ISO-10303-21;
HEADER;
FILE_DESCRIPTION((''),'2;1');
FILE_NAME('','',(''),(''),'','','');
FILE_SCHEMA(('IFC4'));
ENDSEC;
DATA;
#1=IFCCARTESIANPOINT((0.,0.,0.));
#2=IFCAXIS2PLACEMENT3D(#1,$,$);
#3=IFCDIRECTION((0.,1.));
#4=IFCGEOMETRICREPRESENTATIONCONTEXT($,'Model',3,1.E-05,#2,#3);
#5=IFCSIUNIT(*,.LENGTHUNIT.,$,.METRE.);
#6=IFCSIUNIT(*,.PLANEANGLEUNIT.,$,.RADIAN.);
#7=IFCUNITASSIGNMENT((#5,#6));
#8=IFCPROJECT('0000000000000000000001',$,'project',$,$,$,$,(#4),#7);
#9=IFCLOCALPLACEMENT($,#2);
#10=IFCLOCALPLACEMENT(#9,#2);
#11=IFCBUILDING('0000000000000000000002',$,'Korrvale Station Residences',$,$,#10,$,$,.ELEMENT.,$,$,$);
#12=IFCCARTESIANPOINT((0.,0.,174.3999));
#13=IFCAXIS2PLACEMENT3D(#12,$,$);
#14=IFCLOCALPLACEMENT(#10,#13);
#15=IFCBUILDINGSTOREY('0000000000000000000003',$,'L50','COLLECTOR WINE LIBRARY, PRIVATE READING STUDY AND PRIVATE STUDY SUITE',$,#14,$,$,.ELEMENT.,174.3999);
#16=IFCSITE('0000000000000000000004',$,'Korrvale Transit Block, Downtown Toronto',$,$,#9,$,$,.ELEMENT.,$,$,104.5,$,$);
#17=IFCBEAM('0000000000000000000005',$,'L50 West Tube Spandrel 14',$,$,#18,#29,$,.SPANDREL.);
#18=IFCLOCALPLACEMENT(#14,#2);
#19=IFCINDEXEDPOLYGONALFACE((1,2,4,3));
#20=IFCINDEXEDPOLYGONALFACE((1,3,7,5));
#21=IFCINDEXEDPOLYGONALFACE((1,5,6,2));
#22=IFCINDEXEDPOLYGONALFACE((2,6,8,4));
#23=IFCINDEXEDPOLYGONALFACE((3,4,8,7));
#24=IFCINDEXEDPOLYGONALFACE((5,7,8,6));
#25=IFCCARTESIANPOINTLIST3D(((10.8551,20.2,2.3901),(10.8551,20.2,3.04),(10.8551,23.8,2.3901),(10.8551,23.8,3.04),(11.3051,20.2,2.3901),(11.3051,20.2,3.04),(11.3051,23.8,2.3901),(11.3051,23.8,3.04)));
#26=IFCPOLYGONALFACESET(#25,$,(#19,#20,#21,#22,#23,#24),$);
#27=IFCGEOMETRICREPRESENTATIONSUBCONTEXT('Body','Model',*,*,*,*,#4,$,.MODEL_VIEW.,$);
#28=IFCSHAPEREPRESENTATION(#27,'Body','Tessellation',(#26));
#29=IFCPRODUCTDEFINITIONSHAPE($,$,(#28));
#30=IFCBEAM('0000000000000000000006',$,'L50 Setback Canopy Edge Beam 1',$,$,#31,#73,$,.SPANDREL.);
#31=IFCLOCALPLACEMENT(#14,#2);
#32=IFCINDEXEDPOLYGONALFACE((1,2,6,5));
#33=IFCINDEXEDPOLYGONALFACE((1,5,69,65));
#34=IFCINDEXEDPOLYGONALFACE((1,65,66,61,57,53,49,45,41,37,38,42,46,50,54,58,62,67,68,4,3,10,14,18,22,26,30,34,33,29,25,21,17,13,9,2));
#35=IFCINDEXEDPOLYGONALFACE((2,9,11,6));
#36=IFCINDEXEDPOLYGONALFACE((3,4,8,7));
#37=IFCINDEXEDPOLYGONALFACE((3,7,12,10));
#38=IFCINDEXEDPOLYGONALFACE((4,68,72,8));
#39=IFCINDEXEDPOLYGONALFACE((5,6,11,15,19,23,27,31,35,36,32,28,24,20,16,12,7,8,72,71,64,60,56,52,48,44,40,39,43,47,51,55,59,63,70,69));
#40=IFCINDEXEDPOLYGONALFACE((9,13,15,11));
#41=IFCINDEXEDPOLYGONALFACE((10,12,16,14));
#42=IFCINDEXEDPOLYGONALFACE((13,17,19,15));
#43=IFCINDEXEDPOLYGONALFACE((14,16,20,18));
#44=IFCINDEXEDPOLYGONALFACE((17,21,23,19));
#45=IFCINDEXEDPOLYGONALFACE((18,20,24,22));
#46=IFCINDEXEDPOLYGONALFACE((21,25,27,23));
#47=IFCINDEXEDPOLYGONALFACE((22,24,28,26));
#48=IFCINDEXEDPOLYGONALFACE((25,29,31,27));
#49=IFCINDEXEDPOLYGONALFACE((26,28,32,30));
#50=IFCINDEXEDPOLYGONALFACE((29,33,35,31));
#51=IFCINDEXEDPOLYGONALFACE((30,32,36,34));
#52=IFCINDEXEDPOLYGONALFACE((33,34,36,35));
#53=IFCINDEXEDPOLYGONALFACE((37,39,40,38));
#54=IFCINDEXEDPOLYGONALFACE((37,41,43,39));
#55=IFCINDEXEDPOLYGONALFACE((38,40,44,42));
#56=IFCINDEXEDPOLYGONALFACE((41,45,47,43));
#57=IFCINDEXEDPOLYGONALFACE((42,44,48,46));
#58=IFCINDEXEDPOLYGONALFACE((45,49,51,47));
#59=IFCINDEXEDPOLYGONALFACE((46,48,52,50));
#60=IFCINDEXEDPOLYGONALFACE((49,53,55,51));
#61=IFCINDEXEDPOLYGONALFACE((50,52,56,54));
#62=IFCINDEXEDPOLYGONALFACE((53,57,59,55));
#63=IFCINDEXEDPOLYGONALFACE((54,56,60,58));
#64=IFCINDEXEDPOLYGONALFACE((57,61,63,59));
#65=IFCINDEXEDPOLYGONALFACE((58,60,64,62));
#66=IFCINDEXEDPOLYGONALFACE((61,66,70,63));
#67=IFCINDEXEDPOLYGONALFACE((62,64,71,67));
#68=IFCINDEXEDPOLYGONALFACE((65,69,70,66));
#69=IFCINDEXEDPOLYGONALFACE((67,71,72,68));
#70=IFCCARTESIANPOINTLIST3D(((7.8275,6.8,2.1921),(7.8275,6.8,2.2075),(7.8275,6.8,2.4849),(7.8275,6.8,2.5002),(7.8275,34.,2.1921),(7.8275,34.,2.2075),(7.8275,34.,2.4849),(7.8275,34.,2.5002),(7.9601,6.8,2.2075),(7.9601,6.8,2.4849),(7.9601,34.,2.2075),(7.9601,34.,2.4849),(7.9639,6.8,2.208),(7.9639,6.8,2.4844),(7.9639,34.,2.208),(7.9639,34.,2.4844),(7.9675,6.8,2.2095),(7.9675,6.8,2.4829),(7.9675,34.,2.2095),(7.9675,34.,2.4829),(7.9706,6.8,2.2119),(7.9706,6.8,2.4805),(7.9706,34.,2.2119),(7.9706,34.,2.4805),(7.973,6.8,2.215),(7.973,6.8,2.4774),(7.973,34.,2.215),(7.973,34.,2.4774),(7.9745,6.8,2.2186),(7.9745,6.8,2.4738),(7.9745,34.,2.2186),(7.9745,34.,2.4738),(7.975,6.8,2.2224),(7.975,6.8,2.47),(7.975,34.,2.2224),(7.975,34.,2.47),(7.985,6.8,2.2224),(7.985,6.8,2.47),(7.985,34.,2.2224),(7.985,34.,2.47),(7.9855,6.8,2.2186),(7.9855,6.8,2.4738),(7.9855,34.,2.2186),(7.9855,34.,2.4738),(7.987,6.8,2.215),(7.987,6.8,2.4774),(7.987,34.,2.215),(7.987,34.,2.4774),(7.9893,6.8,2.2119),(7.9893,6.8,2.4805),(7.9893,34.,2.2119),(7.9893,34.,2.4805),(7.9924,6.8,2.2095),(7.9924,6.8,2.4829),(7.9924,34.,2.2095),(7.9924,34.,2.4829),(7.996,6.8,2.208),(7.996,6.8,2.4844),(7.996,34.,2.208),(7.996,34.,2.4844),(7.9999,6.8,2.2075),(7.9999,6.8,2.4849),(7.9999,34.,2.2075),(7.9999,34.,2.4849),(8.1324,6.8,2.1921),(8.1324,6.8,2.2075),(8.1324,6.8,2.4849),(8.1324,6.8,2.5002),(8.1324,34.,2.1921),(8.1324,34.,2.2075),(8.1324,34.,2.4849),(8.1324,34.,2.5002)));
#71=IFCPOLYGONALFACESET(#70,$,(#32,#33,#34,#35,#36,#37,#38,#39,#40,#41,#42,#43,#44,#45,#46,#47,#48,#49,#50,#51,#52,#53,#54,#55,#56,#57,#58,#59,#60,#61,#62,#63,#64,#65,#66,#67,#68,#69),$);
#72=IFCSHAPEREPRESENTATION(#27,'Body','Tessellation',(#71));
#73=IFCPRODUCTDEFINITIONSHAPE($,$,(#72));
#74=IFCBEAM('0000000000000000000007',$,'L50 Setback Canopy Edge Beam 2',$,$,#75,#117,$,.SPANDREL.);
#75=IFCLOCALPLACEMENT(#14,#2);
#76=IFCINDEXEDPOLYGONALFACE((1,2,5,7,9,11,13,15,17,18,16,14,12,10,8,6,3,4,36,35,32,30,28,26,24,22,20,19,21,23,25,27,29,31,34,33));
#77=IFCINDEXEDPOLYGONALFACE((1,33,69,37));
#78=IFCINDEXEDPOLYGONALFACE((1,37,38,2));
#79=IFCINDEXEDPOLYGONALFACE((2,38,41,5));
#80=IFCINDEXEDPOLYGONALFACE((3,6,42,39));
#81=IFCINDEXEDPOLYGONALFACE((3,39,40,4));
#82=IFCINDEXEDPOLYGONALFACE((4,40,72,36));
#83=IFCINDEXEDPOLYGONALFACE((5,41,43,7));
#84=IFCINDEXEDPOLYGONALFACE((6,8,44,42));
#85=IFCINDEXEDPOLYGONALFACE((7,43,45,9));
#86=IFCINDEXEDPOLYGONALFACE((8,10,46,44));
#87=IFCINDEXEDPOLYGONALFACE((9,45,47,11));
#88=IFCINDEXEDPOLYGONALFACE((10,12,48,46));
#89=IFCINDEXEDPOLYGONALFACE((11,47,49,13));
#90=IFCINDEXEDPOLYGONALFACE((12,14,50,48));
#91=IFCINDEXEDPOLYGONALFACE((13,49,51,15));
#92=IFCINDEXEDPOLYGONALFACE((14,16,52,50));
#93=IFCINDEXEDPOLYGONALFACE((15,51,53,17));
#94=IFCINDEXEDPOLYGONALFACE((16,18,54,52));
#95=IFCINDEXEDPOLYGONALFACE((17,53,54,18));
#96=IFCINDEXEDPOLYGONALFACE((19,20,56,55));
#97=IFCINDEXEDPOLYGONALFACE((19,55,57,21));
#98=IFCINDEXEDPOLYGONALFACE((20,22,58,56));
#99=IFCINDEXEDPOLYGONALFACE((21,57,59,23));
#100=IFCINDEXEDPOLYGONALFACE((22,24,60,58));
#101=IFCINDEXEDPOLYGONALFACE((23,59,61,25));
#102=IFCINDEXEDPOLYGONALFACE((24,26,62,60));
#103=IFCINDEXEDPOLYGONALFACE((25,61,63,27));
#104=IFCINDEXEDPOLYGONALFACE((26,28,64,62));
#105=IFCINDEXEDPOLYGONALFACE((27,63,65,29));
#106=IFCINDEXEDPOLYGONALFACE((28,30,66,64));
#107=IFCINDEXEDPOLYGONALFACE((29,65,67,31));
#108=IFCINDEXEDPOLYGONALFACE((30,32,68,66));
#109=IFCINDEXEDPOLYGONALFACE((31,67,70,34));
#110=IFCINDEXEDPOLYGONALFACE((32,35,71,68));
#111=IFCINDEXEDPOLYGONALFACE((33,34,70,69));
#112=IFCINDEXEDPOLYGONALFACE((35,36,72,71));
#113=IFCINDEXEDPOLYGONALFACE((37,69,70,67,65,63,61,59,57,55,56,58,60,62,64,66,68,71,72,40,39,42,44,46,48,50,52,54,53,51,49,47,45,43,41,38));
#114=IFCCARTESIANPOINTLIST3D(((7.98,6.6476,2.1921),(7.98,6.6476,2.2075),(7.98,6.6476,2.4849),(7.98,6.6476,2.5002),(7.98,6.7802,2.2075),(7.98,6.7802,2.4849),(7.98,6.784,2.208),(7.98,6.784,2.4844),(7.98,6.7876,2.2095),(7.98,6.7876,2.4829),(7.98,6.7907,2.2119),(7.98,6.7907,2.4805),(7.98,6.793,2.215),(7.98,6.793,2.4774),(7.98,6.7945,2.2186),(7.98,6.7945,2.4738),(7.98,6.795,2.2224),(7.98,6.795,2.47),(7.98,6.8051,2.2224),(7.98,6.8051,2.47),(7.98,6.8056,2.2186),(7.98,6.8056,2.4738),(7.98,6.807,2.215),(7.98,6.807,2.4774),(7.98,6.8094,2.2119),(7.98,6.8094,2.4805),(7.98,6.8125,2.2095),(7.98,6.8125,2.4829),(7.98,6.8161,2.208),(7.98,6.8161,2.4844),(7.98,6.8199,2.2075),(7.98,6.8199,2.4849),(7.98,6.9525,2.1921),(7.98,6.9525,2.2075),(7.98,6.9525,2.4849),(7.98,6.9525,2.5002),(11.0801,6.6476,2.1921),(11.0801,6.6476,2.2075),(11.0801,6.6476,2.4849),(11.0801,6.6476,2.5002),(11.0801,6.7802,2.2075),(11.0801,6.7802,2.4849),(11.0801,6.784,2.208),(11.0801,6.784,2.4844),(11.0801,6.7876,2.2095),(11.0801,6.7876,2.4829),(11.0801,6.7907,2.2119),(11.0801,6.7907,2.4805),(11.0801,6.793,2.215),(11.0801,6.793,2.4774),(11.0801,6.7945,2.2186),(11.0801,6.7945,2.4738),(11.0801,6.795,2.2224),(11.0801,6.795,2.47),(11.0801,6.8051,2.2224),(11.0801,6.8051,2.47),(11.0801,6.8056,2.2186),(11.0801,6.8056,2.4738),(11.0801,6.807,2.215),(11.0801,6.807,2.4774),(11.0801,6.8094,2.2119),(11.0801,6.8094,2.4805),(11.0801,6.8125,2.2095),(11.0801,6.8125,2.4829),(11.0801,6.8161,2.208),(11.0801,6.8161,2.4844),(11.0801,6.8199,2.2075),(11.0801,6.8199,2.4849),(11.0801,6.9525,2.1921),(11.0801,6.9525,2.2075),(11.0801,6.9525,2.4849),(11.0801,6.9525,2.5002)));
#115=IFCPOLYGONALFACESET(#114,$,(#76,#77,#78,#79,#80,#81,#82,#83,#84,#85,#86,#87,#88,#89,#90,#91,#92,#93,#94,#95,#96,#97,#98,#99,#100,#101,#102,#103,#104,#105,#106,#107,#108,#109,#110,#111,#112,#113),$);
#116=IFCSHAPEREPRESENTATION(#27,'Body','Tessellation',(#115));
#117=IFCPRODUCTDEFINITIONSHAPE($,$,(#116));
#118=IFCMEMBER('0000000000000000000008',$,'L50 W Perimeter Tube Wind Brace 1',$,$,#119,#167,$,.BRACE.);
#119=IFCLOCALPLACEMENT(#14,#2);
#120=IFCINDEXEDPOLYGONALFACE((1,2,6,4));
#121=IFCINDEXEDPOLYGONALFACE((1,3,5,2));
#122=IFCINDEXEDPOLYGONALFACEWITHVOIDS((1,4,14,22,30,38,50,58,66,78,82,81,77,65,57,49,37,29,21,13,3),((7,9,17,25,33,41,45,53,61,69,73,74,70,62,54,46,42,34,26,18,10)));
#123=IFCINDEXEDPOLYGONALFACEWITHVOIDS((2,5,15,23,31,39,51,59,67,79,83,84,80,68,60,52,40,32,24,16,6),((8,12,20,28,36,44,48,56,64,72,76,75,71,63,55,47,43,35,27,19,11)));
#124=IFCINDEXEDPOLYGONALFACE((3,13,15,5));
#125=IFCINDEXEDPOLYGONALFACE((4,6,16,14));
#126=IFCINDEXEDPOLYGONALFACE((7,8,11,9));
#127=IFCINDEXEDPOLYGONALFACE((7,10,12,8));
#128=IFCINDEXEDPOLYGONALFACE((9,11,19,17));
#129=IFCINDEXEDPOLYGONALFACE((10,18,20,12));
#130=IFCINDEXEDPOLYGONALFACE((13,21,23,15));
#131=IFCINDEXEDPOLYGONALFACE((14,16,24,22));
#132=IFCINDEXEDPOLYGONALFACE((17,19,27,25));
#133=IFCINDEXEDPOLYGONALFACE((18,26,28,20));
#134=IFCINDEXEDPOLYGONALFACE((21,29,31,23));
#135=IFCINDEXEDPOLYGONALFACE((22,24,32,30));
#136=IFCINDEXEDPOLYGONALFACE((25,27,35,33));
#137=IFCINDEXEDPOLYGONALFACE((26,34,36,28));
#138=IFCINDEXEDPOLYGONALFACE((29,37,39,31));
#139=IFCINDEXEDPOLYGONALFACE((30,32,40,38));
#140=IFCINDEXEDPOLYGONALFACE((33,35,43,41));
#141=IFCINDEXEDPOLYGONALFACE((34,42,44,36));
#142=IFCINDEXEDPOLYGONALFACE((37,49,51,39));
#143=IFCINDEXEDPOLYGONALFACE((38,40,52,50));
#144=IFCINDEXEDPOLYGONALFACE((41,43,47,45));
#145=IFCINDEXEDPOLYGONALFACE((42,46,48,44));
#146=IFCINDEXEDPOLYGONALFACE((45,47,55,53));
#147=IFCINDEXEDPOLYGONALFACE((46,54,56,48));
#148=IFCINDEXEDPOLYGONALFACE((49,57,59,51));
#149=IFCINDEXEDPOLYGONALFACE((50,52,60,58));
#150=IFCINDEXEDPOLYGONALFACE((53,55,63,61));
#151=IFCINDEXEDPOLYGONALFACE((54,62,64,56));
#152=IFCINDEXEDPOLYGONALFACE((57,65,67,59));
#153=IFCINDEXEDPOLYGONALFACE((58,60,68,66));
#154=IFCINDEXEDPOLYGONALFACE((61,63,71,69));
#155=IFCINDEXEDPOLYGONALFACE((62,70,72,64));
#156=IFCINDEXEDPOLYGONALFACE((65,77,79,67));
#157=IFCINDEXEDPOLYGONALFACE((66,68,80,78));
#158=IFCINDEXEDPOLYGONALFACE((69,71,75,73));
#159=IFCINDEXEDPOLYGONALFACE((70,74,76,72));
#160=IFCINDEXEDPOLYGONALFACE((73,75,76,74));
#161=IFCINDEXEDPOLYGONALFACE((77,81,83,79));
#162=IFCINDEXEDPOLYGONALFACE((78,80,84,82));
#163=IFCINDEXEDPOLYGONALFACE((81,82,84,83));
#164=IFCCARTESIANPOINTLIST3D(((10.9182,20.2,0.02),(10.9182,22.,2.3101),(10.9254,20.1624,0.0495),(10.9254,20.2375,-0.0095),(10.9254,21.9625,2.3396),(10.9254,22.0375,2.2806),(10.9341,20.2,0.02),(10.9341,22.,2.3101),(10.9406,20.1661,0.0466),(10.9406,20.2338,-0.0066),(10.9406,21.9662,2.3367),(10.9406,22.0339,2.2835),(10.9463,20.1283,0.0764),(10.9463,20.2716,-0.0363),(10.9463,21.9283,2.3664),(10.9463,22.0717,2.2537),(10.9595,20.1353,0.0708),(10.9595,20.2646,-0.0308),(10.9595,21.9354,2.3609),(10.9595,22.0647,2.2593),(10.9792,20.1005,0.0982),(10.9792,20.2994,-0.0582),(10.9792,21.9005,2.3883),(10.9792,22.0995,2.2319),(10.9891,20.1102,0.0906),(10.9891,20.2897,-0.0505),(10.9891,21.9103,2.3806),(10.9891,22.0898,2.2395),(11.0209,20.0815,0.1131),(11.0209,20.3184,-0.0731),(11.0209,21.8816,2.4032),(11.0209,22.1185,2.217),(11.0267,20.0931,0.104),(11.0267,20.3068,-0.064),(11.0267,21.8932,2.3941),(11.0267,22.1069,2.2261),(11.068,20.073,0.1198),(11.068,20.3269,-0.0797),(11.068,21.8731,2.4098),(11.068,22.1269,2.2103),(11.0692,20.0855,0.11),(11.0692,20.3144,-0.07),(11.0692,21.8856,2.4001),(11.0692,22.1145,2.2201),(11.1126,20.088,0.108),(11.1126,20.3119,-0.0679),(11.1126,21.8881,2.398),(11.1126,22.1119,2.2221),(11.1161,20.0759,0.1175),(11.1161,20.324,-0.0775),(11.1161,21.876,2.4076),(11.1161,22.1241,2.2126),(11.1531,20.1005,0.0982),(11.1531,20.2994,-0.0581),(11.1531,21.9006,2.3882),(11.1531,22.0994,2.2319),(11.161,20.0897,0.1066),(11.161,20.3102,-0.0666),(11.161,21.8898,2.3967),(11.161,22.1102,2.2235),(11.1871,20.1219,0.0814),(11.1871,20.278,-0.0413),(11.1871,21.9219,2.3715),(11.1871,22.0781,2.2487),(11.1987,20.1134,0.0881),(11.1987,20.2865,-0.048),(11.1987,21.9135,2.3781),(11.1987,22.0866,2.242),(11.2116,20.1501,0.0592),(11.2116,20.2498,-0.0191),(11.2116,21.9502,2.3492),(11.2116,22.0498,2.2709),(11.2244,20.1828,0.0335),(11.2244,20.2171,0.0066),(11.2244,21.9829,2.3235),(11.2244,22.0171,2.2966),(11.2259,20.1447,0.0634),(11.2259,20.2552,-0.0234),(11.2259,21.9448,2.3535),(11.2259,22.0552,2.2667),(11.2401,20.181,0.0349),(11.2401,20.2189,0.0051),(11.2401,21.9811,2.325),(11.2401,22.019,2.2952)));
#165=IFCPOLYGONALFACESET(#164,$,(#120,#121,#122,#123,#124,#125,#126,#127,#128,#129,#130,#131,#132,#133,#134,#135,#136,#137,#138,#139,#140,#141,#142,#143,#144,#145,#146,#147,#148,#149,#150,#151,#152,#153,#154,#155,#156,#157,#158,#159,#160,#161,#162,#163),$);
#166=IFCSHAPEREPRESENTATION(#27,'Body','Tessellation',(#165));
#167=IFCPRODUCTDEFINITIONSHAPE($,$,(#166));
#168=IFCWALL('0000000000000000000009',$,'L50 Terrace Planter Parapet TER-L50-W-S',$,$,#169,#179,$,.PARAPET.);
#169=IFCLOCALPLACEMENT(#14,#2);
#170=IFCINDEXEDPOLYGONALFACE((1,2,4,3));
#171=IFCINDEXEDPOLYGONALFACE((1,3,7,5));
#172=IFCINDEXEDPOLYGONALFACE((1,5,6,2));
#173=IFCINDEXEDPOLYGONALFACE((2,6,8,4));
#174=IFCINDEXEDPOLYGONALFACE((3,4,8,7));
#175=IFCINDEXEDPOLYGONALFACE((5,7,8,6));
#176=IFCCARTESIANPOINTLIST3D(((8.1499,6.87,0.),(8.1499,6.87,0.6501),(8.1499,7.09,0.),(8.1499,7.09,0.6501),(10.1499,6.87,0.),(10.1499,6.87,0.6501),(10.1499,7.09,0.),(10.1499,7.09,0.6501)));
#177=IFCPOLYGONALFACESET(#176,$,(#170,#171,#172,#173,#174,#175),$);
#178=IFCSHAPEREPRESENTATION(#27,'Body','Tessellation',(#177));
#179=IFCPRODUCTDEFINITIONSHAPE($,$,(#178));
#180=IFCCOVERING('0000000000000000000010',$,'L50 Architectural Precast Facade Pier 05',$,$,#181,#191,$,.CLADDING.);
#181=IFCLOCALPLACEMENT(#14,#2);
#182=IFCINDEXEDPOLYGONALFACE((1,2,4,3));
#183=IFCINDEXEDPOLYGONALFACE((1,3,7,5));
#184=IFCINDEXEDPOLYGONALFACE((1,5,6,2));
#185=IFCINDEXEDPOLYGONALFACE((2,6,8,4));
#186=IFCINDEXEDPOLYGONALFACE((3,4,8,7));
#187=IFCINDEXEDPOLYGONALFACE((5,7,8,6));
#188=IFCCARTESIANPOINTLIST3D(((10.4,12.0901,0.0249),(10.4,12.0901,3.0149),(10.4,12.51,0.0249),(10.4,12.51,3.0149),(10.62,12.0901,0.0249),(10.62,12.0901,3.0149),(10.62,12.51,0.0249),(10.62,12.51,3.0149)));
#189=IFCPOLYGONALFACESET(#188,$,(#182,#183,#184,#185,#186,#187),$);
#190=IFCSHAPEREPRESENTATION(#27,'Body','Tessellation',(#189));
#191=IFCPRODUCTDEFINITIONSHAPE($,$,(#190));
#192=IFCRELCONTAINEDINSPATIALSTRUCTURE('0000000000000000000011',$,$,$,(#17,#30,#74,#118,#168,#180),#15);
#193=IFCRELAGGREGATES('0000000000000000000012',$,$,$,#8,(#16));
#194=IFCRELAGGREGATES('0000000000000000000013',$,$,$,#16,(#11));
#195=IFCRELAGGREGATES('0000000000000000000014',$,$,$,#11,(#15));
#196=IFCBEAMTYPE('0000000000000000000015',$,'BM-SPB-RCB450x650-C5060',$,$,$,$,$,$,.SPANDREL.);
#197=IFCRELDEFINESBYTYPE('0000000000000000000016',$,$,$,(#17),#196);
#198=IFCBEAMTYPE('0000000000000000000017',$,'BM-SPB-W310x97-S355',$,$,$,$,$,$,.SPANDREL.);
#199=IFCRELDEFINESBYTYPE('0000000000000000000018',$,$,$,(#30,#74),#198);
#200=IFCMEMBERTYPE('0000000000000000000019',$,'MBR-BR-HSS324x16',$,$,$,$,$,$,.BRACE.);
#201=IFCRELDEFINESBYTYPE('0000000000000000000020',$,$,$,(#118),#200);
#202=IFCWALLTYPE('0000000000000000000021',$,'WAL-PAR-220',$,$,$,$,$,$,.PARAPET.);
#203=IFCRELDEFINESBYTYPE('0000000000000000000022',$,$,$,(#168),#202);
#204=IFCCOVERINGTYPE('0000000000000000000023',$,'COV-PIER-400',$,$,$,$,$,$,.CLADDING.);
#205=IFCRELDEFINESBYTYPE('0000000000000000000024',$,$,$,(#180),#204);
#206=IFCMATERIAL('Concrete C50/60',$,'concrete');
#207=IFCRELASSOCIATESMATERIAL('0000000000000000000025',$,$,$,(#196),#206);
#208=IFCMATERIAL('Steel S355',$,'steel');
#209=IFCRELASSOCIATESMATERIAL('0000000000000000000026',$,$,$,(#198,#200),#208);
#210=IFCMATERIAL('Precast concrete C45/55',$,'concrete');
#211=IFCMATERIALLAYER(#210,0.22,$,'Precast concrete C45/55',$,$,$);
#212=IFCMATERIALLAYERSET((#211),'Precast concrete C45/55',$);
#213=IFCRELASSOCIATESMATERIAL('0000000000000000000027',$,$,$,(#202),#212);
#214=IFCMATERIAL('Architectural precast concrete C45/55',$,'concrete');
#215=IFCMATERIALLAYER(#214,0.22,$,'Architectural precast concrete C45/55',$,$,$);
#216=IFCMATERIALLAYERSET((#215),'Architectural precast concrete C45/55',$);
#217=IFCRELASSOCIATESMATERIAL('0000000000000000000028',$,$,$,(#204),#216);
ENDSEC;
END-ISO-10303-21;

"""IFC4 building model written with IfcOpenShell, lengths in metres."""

from ifc_helpers import new_model, si_unit, direction, frame, frame_2d, origin, origin_2d, place, context, subcontext, project, spatial, rectangle, hollow_circle, i_section, extrude, material, layer, layer_set, material_profile, profile_set, type_object, element, save


model = new_model("IFC4")

# Units and contexts
model_context = context("Model", 3, precision=1e-05, world=origin(), true_north=direction((0.0, 1.0)))
body_context = subcontext(model_context, "Body", "Model", "MODEL_VIEW")
ifc_project = project(units=[si_unit("LENGTHUNIT", "METRE"), si_unit("PLANEANGLEUNIT", "RADIAN")], contexts=[model_context])

# Site, building, storey
site_placement = place(None, origin())
site = spatial("IfcSite", under=ifc_project, at=site_placement, Name="Korrvale Transit Block, Downtown Toronto", CompositionType="ELEMENT", RefElevation=104.5)
building_placement = place(site_placement, origin())
building = spatial("IfcBuilding", under=site, at=building_placement, Name="Korrvale Station Residences", CompositionType="ELEMENT")
storey_placement = place(building_placement, frame((0.0, 0.0, 174.3999)))
storey = spatial("IfcBuildingStorey", under=building, at=storey_placement, Name="L50", Description="COLLECTOR WINE LIBRARY, PRIVATE READING STUDY AND PRIVATE STUDY SUITE", CompositionType="ELEMENT", Elevation=174.3999)

# Shared definitions
ifc_material_1 = material(Name="Concrete C50/60", Category="concrete")

# Beams
ifc_material_2 = material(Name="Steel S355", Category="steel")
ifc_material_profile_1 = material_profile(ifc_material_1, rectangle(XDim=0.45, YDim=0.6499, at=origin_2d()), Name="RCB450x650")
ifc_profile_set_1 = profile_set([ifc_material_profile_1], Name="Concrete C50/60")
beam_type_1 = type_object("IfcBeamType", Name="BM-SPB-RCB450x650-C5060", PredefinedType="SPANDREL", material=ifc_profile_set_1)
beam_1_placement = place(storey_placement, frame((11.0801, 20.2, 2.7151), z_axis=(0.0, 1.0, 0.0), x_axis=(-1.0, 0.0, 0.0)))
element("IfcBeam", 1, at=beam_1_placement, inside=storey, type_object=beam_type_1, Name="L50 West Tube Spandrel 14", PredefinedType="SPANDREL", context=body_context, shape_type="SweptSolid", body=[
    extrude(rectangle(XDim=0.45, YDim=0.6499, at=origin_2d()), origin(), (0.0, 0.0, 1.0), 3.6001),
])
ifc_material_profile_2 = material_profile(ifc_material_2, i_section(OverallWidth=0.3049, OverallDepth=0.3081, WebThickness=0.01, FlangeThickness=0.0154, FilletRadius=0.0149, at=origin_2d()), Name="W310x97")
ifc_profile_set_2 = profile_set([ifc_material_profile_2], Name="Steel S355")
beam_type_2 = type_object("IfcBeamType", Name="BM-SPB-W310x97-S355", PredefinedType="SPANDREL", material=ifc_profile_set_2)
beam_2_placement = place(storey_placement, frame((7.98, 6.8, 2.3462), z_axis=(0.0, 1.0, 0.0), x_axis=(-1.0, 0.0, 0.0)))
element("IfcBeam", 2, at=beam_2_placement, inside=storey, type_object=beam_type_2, Name="L50 Setback Canopy Edge Beam 1", PredefinedType="SPANDREL", context=body_context, shape_type="SweptSolid", body=[
    extrude(i_section(OverallWidth=0.3049, OverallDepth=0.3081, WebThickness=0.01, FlangeThickness=0.0154, FilletRadius=0.0149, at=origin_2d()), origin(), (0.0, 0.0, 1.0), 27.2),
])
beam_3_placement = place(storey_placement, frame((7.98, 6.8, 2.3462), z_axis=(1.0, 0.0, 0.0), x_axis=(0.0, 1.0, 0.0)))
element("IfcBeam", 3, at=beam_3_placement, inside=storey, type_object=beam_type_2, Name="L50 Setback Canopy Edge Beam 2", PredefinedType="SPANDREL", context=body_context, shape_type="SweptSolid", body=[
    extrude(i_section(OverallWidth=0.3049, OverallDepth=0.3081, WebThickness=0.01, FlangeThickness=0.0154, FilletRadius=0.0149, at=origin_2d()), origin(), (0.0, 0.0, 1.0), 3.1001),
])

# Member
ifc_material_profile_3 = material_profile(ifc_material_2, hollow_circle(Radius=0.1619, WallThickness=0.0159, at=origin_2d()), Name="HSS324x16")
ifc_profile_set_3 = profile_set([ifc_material_profile_3], Name="Steel S355")
member_type = type_object("IfcMemberType", Name="MBR-BR-HSS324x16", PredefinedType="BRACE", material=ifc_profile_set_3)
member_placement = place(storey_placement, frame((11.0801, 20.2, 0.02), z_axis=(0.0, 0.617977, 0.786196), x_axis=(-1.0, 0.0, 0.0)))
element("IfcMember", 4, at=member_placement, inside=storey, type_object=member_type, Name="L50 W Perimeter Tube Wind Brace 1", PredefinedType="BRACE", context=body_context, shape_type="SweptSolid", body=[
    extrude(hollow_circle(Radius=0.1619, WallThickness=0.0159, at=origin_2d()), origin(), (0.0, 0.0, 1.0), 2.9128),
])

# Wall
ifc_material_3 = material(Name="Precast concrete C45/55", Category="concrete")
ifc_layer_1 = layer(ifc_material_3, 0.22, Name="Precast concrete C45/55")
ifc_layer_set_1 = layer_set([ifc_layer_1], Name="Precast concrete C45/55")
wall_type = type_object("IfcWallType", Name="WAL-PAR-220", PredefinedType="PARAPET", material=ifc_layer_set_1)
wall_placement = place(storey_placement, frame((8.1499, 6.98, 0.0), z_axis=(0.0, 0.0, 1.0), x_axis=(1.0, 0.0, 0.0)))
element("IfcWall", 5, at=wall_placement, inside=storey, type_object=wall_type, Name="L50 Terrace Planter Parapet TER-L50-W-S", PredefinedType="PARAPET", context=body_context, shape_type="SweptSolid", body=[
    extrude(rectangle(XDim=2.0, YDim=0.22, at=frame_2d((1.0, 0.0))), origin(), (0.0, 0.0, 1.0), 0.6501),
])

# Covering
ifc_material_4 = material(Name="Architectural precast concrete C45/55", Category="concrete")
ifc_layer_2 = layer(ifc_material_4, 0.22, Name="Architectural precast concrete C45/55")
ifc_layer_set_2 = layer_set([ifc_layer_2], Name="Architectural precast concrete C45/55")
covering_type = type_object("IfcCoveringType", Name="COV-PIER-400", PredefinedType="CLADDING", material=ifc_layer_set_2)
for number, where, z_axis, x_axis, name in (
    (6, (10.51, 12.3, 0.0249), (0.0, 0.0, 1.0), (0.0, 1.0, 0.0), "L50 Architectural Precast Facade Pier 05"),
):
    element("IfcCovering", number, at=place(storey_placement, frame(where, z_axis=z_axis, x_axis=x_axis)), inside=storey, type_object=covering_type, Name=name, PredefinedType="CLADDING", context=body_context, shape_type="SweptSolid", body=[
        extrude(rectangle(XDim=0.4199, YDim=0.22, at=origin_2d()), origin(), (0.0, 0.0, 1.0), 2.99),
    ])

save(model, "model.ifc")
